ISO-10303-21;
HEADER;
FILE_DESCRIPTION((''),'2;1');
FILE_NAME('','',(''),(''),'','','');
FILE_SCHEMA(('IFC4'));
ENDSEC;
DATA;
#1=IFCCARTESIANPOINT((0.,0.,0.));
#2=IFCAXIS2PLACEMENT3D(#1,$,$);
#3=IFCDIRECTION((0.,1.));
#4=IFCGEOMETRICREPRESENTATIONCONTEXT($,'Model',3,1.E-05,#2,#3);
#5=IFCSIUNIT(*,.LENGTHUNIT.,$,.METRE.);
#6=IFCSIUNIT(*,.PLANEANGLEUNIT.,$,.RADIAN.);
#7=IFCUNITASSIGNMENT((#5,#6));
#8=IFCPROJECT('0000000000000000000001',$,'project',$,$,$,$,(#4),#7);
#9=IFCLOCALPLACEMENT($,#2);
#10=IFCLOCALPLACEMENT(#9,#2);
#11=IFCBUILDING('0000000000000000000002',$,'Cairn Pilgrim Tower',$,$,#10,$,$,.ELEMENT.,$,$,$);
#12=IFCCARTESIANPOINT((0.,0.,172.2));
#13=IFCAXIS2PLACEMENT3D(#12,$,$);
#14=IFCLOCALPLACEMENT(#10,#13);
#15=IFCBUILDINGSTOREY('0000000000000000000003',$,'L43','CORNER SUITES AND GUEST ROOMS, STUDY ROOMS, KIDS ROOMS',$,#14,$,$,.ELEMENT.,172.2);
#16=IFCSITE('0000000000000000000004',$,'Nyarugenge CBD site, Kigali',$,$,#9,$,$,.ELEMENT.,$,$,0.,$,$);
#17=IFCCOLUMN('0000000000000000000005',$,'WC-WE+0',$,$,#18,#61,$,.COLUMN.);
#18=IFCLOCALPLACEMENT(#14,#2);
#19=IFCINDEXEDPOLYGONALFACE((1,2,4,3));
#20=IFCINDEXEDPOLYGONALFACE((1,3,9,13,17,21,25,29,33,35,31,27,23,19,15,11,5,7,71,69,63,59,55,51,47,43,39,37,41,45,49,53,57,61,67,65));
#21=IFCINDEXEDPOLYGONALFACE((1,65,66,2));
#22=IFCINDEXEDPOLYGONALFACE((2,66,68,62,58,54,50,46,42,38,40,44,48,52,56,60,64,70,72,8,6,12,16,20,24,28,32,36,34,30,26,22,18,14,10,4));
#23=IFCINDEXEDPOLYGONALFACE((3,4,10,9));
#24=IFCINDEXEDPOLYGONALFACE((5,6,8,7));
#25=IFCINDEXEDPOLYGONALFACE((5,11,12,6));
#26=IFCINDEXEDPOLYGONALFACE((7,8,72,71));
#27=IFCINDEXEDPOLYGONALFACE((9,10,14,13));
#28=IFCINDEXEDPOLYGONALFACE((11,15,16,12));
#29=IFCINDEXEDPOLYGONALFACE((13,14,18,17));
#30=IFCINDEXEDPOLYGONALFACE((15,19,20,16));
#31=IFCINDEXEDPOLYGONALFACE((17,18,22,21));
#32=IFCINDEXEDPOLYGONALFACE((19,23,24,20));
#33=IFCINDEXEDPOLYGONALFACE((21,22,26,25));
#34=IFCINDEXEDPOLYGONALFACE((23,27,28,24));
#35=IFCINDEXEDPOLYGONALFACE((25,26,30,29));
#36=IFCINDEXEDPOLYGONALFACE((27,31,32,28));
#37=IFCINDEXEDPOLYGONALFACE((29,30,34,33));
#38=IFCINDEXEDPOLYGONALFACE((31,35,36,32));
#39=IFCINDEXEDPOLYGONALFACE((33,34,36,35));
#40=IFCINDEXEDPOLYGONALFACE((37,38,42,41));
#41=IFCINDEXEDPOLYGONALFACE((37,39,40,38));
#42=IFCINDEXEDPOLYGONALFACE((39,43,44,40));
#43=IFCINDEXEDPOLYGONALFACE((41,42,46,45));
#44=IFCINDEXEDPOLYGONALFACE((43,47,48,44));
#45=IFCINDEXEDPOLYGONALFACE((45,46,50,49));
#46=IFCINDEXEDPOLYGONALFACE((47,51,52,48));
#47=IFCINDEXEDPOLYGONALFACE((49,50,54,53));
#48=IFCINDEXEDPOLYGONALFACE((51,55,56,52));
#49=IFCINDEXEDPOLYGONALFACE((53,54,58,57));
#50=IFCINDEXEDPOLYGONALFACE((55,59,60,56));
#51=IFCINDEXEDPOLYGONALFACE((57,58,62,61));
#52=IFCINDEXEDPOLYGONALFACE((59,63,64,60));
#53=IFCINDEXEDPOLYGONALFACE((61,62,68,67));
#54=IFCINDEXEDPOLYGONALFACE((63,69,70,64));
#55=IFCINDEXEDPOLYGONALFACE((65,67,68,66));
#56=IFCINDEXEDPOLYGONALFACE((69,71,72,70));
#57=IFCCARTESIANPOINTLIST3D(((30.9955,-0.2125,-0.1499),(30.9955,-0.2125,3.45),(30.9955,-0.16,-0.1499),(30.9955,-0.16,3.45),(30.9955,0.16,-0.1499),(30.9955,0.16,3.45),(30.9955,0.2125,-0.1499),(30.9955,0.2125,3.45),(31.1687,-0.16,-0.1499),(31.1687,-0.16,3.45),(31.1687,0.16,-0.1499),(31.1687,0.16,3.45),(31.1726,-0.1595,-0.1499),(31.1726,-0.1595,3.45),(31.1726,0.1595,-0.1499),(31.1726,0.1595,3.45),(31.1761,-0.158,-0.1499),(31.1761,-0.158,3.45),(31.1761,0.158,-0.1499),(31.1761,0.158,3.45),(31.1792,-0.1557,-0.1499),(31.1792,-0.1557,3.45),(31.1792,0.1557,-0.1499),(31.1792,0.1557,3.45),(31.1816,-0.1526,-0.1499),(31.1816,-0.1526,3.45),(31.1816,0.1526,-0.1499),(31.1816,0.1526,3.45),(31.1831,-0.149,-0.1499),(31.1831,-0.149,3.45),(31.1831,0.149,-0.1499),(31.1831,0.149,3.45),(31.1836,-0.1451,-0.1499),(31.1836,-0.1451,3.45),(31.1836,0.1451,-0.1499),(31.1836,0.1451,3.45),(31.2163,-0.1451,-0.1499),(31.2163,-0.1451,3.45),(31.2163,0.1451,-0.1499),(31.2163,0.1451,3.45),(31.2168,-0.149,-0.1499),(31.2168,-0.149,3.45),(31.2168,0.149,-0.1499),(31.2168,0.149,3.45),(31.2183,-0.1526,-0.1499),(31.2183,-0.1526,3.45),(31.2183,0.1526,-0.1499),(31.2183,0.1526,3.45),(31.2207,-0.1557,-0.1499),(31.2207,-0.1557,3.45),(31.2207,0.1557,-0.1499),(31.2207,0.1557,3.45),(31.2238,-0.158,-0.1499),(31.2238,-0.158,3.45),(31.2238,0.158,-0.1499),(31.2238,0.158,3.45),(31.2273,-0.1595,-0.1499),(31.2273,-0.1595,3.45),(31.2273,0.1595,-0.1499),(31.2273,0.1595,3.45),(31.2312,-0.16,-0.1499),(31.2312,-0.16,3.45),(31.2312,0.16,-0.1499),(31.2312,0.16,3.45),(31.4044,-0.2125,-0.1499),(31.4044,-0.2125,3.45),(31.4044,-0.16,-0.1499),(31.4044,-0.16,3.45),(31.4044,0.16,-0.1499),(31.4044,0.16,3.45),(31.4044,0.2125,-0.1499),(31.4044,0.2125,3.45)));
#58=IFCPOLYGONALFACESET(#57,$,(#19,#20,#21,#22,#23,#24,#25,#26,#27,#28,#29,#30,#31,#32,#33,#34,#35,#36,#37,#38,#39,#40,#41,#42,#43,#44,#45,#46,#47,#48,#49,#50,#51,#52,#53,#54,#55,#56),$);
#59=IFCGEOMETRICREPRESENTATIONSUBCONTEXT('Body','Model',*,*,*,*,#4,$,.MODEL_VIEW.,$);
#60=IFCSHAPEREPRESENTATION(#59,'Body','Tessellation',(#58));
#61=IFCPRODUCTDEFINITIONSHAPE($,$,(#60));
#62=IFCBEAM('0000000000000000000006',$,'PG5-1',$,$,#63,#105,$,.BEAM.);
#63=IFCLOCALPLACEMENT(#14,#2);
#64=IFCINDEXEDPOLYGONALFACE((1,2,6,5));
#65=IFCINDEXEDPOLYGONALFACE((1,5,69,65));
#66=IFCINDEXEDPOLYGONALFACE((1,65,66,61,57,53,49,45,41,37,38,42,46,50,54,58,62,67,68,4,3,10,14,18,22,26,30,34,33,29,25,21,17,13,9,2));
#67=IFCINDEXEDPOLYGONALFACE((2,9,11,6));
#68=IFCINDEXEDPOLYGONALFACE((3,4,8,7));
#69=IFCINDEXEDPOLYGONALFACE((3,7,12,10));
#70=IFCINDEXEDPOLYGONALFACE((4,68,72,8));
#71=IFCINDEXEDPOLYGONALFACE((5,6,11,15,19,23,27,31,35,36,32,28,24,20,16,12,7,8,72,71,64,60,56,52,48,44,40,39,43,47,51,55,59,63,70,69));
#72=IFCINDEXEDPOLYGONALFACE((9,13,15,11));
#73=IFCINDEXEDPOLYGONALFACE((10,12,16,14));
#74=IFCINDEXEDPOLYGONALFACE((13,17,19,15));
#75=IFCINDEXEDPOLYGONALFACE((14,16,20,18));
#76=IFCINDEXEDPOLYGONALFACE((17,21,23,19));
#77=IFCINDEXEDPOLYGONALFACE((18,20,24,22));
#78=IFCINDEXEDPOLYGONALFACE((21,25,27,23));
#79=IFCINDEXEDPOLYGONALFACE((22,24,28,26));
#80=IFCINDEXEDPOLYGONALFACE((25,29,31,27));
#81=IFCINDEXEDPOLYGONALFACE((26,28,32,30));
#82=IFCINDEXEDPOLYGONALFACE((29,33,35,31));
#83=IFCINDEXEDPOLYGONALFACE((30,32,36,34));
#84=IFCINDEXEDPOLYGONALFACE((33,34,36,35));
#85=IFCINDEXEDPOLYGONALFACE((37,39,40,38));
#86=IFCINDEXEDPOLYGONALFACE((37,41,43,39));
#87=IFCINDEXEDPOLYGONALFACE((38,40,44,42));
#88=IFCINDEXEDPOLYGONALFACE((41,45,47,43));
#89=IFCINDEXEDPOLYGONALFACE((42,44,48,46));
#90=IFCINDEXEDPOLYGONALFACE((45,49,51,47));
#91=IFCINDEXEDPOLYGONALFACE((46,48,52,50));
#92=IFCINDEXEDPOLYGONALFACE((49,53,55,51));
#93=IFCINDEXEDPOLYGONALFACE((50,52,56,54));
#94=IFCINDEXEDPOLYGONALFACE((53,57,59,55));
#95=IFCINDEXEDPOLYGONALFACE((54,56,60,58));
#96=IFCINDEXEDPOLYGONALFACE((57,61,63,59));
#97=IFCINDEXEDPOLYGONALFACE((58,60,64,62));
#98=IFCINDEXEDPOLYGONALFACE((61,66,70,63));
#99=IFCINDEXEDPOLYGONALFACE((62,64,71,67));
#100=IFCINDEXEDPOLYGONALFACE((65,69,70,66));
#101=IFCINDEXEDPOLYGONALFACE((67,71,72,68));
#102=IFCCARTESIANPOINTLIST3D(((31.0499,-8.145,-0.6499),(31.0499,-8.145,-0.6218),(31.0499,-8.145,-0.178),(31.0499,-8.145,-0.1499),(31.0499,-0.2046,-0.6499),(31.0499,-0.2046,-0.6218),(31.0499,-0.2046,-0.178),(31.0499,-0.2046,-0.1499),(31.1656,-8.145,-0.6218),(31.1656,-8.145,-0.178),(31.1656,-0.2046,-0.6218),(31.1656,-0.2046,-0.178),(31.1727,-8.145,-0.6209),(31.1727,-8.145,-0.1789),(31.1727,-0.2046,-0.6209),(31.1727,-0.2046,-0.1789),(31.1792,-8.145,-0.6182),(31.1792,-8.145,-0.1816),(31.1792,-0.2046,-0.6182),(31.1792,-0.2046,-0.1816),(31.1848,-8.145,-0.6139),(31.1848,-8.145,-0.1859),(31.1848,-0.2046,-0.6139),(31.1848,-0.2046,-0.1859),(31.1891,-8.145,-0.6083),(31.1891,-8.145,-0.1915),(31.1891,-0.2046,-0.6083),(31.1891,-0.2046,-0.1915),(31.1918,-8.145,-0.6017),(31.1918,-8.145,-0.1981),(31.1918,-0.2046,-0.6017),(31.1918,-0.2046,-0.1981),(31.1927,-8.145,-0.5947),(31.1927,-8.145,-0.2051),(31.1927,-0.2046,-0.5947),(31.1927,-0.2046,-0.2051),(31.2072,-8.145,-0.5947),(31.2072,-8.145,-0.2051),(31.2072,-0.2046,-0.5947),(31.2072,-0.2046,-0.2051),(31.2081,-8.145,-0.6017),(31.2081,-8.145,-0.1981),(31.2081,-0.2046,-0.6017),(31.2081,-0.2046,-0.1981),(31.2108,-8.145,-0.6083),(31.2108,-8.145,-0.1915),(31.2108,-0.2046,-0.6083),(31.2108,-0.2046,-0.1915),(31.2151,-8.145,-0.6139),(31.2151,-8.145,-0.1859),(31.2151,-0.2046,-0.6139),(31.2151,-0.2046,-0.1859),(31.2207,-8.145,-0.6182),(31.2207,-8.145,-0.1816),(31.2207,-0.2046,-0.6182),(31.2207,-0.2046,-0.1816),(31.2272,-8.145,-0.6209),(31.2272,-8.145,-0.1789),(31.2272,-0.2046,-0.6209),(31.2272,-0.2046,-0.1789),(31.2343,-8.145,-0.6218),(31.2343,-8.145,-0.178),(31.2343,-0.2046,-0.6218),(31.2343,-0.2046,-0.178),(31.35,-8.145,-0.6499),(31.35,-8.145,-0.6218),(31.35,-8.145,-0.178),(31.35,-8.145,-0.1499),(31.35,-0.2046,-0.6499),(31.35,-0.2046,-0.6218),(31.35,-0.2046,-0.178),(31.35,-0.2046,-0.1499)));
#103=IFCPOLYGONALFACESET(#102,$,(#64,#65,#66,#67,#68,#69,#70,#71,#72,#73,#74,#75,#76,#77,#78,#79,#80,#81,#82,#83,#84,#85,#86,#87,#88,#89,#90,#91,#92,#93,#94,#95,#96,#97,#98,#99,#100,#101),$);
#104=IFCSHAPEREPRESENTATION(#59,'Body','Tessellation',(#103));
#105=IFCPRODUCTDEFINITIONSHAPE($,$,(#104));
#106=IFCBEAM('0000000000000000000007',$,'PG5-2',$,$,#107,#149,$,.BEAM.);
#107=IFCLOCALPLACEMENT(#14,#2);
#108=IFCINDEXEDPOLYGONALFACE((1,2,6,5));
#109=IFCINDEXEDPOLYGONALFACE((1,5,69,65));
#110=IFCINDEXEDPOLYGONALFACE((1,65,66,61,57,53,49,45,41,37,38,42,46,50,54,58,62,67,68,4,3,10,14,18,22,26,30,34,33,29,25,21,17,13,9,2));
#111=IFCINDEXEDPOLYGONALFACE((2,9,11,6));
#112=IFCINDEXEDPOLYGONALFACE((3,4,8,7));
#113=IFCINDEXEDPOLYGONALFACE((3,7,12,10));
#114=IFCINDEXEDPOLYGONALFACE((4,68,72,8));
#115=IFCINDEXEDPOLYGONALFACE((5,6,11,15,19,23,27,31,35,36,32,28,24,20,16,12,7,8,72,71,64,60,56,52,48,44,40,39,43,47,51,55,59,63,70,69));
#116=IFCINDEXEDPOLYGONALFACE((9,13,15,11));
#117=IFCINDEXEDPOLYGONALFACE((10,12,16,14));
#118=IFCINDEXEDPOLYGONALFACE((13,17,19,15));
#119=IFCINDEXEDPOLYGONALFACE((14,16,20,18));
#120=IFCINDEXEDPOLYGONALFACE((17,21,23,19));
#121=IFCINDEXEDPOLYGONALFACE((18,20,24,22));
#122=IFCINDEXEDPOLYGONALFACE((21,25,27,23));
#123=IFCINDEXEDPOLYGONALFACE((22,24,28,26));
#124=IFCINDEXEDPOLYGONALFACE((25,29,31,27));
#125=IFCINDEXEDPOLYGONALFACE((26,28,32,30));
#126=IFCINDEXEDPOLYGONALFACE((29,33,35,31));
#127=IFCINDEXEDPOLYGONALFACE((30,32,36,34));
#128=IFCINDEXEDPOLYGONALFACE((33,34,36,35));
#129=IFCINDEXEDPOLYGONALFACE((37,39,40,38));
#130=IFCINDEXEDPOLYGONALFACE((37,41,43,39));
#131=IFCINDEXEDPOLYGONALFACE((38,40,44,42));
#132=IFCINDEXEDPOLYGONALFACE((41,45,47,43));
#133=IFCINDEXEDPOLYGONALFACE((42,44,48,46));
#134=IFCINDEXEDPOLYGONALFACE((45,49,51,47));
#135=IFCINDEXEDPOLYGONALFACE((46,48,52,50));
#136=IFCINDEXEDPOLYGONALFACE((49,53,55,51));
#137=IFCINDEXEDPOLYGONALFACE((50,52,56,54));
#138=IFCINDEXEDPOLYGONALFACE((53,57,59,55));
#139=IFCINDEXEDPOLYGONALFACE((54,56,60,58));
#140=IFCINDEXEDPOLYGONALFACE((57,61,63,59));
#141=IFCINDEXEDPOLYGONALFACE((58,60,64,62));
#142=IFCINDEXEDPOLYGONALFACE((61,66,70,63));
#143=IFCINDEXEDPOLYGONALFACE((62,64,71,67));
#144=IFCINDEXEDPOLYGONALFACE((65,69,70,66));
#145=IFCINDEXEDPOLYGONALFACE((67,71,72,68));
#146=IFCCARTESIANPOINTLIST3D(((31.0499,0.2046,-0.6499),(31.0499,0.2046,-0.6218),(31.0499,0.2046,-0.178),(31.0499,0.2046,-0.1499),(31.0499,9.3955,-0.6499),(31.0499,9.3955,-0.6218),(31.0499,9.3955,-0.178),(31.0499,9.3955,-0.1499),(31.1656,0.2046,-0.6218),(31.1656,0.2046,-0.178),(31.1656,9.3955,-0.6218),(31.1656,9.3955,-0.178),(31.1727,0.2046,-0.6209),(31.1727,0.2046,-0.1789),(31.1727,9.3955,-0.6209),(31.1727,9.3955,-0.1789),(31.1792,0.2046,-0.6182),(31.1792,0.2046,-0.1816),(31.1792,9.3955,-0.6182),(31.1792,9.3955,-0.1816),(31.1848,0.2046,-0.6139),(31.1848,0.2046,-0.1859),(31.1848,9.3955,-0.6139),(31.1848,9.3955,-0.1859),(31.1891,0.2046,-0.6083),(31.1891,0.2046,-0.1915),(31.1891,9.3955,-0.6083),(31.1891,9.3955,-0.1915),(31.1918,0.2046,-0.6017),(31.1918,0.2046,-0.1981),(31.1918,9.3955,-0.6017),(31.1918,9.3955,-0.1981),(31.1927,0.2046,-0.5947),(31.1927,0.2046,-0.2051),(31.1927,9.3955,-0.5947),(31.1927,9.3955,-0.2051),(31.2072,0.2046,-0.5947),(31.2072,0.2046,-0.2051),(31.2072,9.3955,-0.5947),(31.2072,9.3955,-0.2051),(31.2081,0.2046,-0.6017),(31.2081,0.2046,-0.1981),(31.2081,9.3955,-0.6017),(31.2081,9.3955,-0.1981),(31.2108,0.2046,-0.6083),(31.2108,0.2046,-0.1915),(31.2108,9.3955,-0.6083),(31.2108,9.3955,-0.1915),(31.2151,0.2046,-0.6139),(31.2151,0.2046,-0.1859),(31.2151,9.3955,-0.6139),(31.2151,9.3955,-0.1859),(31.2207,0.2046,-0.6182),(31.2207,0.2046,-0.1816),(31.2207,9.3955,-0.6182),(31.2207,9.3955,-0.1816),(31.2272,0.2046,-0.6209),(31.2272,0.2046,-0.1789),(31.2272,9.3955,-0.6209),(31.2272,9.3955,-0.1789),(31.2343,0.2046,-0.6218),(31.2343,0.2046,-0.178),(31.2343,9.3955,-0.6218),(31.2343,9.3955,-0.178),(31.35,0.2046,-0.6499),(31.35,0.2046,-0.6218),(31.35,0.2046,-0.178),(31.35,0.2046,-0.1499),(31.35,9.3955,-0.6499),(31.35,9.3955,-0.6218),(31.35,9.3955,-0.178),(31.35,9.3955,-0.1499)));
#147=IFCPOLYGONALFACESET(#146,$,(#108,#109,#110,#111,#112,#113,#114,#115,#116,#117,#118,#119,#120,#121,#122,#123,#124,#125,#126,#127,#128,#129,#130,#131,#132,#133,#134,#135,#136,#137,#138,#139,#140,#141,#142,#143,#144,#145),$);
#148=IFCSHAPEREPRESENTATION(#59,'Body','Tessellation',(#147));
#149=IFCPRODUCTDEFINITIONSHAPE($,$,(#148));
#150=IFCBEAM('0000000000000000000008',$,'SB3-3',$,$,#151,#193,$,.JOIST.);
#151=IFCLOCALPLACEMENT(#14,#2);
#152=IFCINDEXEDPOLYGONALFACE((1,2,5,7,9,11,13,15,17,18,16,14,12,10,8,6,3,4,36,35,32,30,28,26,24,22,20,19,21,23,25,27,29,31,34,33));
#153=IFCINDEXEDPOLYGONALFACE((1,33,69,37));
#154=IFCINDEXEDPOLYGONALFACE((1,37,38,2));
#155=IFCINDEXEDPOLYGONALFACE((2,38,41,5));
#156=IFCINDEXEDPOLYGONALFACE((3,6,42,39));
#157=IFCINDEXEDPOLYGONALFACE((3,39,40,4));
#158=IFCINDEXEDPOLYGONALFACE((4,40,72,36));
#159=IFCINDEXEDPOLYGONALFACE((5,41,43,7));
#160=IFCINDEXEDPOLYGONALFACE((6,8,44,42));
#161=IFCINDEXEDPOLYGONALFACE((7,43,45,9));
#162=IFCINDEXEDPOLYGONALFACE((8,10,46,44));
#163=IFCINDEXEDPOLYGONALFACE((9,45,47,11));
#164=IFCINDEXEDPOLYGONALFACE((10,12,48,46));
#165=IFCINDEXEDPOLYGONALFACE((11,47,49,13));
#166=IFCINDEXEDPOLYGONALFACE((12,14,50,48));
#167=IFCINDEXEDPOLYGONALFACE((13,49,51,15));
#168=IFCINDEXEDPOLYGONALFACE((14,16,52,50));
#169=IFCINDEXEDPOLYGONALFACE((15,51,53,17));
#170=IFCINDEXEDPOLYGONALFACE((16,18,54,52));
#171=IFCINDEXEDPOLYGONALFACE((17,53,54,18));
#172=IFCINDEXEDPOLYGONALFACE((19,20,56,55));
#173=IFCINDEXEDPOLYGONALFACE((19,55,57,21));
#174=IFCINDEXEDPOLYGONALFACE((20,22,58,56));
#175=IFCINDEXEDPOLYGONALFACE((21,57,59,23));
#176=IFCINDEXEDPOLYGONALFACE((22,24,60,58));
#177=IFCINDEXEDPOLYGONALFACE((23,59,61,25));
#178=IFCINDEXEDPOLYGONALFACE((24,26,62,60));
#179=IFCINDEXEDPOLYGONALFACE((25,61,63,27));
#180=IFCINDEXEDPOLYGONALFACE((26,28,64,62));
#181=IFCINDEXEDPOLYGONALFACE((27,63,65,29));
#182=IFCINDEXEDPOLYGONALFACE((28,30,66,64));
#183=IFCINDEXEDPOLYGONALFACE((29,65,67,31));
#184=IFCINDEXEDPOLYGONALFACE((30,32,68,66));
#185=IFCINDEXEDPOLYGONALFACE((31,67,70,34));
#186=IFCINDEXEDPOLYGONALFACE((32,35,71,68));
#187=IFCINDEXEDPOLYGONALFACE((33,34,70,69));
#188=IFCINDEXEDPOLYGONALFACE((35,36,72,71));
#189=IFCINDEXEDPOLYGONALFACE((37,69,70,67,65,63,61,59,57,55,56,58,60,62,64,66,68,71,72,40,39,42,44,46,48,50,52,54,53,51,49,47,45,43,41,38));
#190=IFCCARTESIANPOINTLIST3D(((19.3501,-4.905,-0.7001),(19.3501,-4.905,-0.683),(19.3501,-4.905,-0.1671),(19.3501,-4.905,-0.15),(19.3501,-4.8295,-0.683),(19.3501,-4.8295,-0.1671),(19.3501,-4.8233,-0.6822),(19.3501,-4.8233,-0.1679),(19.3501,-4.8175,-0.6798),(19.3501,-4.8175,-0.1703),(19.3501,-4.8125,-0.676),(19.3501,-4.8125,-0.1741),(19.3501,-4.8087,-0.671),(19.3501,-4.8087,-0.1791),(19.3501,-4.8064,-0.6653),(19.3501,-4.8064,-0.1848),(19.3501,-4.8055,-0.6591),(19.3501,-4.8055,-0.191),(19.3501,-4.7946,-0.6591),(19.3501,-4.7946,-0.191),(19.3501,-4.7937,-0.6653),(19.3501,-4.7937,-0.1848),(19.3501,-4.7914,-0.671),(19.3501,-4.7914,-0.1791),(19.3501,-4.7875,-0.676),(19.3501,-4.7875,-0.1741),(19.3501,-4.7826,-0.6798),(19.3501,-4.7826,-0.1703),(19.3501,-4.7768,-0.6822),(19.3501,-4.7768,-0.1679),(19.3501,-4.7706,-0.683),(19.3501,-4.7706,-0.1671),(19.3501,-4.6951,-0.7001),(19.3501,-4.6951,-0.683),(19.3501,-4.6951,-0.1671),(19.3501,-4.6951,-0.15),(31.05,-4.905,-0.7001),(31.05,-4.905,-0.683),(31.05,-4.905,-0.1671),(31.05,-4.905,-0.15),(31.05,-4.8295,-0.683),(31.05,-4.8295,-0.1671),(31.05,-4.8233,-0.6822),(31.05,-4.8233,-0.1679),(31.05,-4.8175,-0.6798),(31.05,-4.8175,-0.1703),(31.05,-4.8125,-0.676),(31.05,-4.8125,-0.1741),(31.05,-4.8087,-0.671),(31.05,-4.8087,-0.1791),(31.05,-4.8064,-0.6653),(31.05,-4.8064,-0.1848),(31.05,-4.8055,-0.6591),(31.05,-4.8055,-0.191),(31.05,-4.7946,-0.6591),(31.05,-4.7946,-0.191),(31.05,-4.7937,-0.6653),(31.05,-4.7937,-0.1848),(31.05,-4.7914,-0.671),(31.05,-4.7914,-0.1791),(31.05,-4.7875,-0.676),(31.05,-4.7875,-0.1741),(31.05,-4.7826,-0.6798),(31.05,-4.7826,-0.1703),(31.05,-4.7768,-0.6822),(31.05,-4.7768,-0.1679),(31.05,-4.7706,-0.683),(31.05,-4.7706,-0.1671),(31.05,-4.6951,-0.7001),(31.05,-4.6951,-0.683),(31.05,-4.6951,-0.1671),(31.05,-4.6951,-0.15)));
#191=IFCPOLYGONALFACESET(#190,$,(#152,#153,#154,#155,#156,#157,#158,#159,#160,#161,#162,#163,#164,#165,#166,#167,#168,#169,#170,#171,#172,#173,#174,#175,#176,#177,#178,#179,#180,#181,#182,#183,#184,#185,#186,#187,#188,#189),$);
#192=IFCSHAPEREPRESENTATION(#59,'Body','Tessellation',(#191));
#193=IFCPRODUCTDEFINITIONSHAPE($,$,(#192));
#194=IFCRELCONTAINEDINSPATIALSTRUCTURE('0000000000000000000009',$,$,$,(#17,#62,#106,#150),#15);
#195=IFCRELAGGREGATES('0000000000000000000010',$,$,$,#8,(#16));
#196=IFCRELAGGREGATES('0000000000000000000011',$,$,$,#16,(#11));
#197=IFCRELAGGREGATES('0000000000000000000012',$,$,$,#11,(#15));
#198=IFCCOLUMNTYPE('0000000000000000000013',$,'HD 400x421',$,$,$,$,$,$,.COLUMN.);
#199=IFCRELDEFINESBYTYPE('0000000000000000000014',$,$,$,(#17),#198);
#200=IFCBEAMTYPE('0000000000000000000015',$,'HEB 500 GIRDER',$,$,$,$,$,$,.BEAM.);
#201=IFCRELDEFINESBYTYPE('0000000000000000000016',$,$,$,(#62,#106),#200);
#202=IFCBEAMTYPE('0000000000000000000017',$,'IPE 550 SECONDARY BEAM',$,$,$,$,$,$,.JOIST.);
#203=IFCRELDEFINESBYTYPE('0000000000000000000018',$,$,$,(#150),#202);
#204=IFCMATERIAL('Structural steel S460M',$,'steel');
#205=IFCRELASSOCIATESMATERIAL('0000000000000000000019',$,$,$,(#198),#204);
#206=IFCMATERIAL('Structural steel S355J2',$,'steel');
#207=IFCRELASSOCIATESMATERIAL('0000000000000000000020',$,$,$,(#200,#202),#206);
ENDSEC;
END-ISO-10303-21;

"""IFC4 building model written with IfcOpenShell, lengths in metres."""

from ifc_helpers import new_model, si_unit, direction, frame, origin, origin_2d, place, context, subcontext, project, spatial, i_section, extrude, material, material_profile, profile_set, type_object, element, save


model = new_model("IFC4")

# Units and contexts
model_context = context("Model", 3, precision=1e-05, world=origin(), true_north=direction((0.0, 1.0)))
body_context = subcontext(model_context, "Body", "Model", "MODEL_VIEW")
ifc_project = project(units=[si_unit("LENGTHUNIT", "METRE"), si_unit("PLANEANGLEUNIT", "RADIAN")], contexts=[model_context])

# Site, building, storey
site_placement = place(None, origin())
site = spatial("IfcSite", under=ifc_project, at=site_placement, Name="Nyarugenge CBD site, Kigali", CompositionType="ELEMENT", RefElevation=0.0)
building_placement = place(site_placement, origin())
building = spatial("IfcBuilding", under=site, at=building_placement, Name="Cairn Pilgrim Tower", CompositionType="ELEMENT")
storey_placement = place(building_placement, frame((0.0, 0.0, 172.2)))
storey = spatial("IfcBuildingStorey", under=building, at=storey_placement, Name="L43", Description="CORNER SUITES AND GUEST ROOMS, STUDY ROOMS, KIDS ROOMS", CompositionType="ELEMENT", Elevation=172.2)

# Column
ifc_material_1 = material(Name="Structural steel S460M", Category="steel")
ifc_material_profile_1 = material_profile(ifc_material_1, i_section(OverallWidth=0.4089, OverallDepth=0.425, WebThickness=0.0327, FlangeThickness=0.0525, FilletRadius=0.0149, at=origin_2d()), Name="HD 400x421")
ifc_profile_set_1 = profile_set([ifc_material_profile_1], Name="Structural steel S460M")
column_type = type_object("IfcColumnType", Name="HD 400x421", PredefinedType="COLUMN", material=ifc_profile_set_1)
column_placement = place(storey_placement, frame((31.2, 0.0, -0.1499), z_axis=(0.0, 0.0, 1.0), x_axis=(1.0, 0.0, 0.0)))
element("IfcColumn", 1, at=column_placement, inside=storey, type_object=column_type, Name="WC-WE+0", PredefinedType="COLUMN", context=body_context, shape_type="SweptSolid", body=[
    extrude(i_section(OverallWidth=0.4089, OverallDepth=0.425, WebThickness=0.0327, FlangeThickness=0.0525, FilletRadius=0.0149, at=origin_2d()), origin(), (0.0, 0.0, 1.0), 3.5999),
])

# Beams
ifc_material_2 = material(Name="Structural steel S355J2", Category="steel")
ifc_material_profile_2 = material_profile(ifc_material_2, i_section(OverallWidth=0.3, OverallDepth=0.5, WebThickness=0.0144, FlangeThickness=0.0281, FilletRadius=0.0271, at=origin_2d()), Name="HEB 500")
ifc_profile_set_2 = profile_set([ifc_material_profile_2], Name="Structural steel S355J2")
beam_type_1 = type_object("IfcBeamType", Name="HEB 500 GIRDER", PredefinedType="BEAM", material=ifc_profile_set_2)
beam_1_placement = place(storey_placement, frame((31.2, -8.145, -0.3999), z_axis=(0.0, 1.0, 0.0), x_axis=(-1.0, 0.0, 0.0)))
element("IfcBeam", 2, at=beam_1_placement, inside=storey, type_object=beam_type_1, Name="PG5-1", PredefinedType="BEAM", context=body_context, shape_type="SweptSolid", body=[
    extrude(i_section(OverallWidth=0.3, OverallDepth=0.5, WebThickness=0.0144, FlangeThickness=0.0281, FilletRadius=0.0271, at=origin_2d()), origin(), (0.0, 0.0, 1.0), 7.9404),
])
beam_2_placement = place(storey_placement, frame((31.2, 0.2046, -0.3999), z_axis=(0.0, 1.0, 0.0), x_axis=(-1.0, 0.0, 0.0)))
element("IfcBeam", 3, at=beam_2_placement, inside=storey, type_object=beam_type_1, Name="PG5-2", PredefinedType="BEAM", context=body_context, shape_type="SweptSolid", body=[
    extrude(i_section(OverallWidth=0.3, OverallDepth=0.5, WebThickness=0.0144, FlangeThickness=0.0281, FilletRadius=0.0271, at=origin_2d()), origin(), (0.0, 0.0, 1.0), 9.1909),
])
ifc_material_profile_3 = material_profile(ifc_material_2, i_section(OverallWidth=0.21, OverallDepth=0.55, WebThickness=0.011, FlangeThickness=0.0171, FilletRadius=0.0239, at=origin_2d()), Name="IPE 550")
ifc_profile_set_3 = profile_set([ifc_material_profile_3], Name="Structural steel S355J2")
beam_type_2 = type_object("IfcBeamType", Name="IPE 550 SECONDARY BEAM", PredefinedType="JOIST", material=ifc_profile_set_3)
for number, where, z_axis, x_axis, name in (
    (4, (19.3501, -4.8, -0.425), (1.0, 0.0, 0.0), (0.0, 1.0, 0.0), "SB3-3"),
):
    element("IfcBeam", number, at=place(storey_placement, frame(where, z_axis=z_axis, x_axis=x_axis)), inside=storey, type_object=beam_type_2, Name=name, PredefinedType="JOIST", context=body_context, shape_type="SweptSolid", body=[
        extrude(i_section(OverallWidth=0.21, OverallDepth=0.55, WebThickness=0.011, FlangeThickness=0.0171, FilletRadius=0.0239, at=origin_2d()), origin(), (0.0, 0.0, 1.0), 11.7),
    ])

save(model, "model.ifc")
